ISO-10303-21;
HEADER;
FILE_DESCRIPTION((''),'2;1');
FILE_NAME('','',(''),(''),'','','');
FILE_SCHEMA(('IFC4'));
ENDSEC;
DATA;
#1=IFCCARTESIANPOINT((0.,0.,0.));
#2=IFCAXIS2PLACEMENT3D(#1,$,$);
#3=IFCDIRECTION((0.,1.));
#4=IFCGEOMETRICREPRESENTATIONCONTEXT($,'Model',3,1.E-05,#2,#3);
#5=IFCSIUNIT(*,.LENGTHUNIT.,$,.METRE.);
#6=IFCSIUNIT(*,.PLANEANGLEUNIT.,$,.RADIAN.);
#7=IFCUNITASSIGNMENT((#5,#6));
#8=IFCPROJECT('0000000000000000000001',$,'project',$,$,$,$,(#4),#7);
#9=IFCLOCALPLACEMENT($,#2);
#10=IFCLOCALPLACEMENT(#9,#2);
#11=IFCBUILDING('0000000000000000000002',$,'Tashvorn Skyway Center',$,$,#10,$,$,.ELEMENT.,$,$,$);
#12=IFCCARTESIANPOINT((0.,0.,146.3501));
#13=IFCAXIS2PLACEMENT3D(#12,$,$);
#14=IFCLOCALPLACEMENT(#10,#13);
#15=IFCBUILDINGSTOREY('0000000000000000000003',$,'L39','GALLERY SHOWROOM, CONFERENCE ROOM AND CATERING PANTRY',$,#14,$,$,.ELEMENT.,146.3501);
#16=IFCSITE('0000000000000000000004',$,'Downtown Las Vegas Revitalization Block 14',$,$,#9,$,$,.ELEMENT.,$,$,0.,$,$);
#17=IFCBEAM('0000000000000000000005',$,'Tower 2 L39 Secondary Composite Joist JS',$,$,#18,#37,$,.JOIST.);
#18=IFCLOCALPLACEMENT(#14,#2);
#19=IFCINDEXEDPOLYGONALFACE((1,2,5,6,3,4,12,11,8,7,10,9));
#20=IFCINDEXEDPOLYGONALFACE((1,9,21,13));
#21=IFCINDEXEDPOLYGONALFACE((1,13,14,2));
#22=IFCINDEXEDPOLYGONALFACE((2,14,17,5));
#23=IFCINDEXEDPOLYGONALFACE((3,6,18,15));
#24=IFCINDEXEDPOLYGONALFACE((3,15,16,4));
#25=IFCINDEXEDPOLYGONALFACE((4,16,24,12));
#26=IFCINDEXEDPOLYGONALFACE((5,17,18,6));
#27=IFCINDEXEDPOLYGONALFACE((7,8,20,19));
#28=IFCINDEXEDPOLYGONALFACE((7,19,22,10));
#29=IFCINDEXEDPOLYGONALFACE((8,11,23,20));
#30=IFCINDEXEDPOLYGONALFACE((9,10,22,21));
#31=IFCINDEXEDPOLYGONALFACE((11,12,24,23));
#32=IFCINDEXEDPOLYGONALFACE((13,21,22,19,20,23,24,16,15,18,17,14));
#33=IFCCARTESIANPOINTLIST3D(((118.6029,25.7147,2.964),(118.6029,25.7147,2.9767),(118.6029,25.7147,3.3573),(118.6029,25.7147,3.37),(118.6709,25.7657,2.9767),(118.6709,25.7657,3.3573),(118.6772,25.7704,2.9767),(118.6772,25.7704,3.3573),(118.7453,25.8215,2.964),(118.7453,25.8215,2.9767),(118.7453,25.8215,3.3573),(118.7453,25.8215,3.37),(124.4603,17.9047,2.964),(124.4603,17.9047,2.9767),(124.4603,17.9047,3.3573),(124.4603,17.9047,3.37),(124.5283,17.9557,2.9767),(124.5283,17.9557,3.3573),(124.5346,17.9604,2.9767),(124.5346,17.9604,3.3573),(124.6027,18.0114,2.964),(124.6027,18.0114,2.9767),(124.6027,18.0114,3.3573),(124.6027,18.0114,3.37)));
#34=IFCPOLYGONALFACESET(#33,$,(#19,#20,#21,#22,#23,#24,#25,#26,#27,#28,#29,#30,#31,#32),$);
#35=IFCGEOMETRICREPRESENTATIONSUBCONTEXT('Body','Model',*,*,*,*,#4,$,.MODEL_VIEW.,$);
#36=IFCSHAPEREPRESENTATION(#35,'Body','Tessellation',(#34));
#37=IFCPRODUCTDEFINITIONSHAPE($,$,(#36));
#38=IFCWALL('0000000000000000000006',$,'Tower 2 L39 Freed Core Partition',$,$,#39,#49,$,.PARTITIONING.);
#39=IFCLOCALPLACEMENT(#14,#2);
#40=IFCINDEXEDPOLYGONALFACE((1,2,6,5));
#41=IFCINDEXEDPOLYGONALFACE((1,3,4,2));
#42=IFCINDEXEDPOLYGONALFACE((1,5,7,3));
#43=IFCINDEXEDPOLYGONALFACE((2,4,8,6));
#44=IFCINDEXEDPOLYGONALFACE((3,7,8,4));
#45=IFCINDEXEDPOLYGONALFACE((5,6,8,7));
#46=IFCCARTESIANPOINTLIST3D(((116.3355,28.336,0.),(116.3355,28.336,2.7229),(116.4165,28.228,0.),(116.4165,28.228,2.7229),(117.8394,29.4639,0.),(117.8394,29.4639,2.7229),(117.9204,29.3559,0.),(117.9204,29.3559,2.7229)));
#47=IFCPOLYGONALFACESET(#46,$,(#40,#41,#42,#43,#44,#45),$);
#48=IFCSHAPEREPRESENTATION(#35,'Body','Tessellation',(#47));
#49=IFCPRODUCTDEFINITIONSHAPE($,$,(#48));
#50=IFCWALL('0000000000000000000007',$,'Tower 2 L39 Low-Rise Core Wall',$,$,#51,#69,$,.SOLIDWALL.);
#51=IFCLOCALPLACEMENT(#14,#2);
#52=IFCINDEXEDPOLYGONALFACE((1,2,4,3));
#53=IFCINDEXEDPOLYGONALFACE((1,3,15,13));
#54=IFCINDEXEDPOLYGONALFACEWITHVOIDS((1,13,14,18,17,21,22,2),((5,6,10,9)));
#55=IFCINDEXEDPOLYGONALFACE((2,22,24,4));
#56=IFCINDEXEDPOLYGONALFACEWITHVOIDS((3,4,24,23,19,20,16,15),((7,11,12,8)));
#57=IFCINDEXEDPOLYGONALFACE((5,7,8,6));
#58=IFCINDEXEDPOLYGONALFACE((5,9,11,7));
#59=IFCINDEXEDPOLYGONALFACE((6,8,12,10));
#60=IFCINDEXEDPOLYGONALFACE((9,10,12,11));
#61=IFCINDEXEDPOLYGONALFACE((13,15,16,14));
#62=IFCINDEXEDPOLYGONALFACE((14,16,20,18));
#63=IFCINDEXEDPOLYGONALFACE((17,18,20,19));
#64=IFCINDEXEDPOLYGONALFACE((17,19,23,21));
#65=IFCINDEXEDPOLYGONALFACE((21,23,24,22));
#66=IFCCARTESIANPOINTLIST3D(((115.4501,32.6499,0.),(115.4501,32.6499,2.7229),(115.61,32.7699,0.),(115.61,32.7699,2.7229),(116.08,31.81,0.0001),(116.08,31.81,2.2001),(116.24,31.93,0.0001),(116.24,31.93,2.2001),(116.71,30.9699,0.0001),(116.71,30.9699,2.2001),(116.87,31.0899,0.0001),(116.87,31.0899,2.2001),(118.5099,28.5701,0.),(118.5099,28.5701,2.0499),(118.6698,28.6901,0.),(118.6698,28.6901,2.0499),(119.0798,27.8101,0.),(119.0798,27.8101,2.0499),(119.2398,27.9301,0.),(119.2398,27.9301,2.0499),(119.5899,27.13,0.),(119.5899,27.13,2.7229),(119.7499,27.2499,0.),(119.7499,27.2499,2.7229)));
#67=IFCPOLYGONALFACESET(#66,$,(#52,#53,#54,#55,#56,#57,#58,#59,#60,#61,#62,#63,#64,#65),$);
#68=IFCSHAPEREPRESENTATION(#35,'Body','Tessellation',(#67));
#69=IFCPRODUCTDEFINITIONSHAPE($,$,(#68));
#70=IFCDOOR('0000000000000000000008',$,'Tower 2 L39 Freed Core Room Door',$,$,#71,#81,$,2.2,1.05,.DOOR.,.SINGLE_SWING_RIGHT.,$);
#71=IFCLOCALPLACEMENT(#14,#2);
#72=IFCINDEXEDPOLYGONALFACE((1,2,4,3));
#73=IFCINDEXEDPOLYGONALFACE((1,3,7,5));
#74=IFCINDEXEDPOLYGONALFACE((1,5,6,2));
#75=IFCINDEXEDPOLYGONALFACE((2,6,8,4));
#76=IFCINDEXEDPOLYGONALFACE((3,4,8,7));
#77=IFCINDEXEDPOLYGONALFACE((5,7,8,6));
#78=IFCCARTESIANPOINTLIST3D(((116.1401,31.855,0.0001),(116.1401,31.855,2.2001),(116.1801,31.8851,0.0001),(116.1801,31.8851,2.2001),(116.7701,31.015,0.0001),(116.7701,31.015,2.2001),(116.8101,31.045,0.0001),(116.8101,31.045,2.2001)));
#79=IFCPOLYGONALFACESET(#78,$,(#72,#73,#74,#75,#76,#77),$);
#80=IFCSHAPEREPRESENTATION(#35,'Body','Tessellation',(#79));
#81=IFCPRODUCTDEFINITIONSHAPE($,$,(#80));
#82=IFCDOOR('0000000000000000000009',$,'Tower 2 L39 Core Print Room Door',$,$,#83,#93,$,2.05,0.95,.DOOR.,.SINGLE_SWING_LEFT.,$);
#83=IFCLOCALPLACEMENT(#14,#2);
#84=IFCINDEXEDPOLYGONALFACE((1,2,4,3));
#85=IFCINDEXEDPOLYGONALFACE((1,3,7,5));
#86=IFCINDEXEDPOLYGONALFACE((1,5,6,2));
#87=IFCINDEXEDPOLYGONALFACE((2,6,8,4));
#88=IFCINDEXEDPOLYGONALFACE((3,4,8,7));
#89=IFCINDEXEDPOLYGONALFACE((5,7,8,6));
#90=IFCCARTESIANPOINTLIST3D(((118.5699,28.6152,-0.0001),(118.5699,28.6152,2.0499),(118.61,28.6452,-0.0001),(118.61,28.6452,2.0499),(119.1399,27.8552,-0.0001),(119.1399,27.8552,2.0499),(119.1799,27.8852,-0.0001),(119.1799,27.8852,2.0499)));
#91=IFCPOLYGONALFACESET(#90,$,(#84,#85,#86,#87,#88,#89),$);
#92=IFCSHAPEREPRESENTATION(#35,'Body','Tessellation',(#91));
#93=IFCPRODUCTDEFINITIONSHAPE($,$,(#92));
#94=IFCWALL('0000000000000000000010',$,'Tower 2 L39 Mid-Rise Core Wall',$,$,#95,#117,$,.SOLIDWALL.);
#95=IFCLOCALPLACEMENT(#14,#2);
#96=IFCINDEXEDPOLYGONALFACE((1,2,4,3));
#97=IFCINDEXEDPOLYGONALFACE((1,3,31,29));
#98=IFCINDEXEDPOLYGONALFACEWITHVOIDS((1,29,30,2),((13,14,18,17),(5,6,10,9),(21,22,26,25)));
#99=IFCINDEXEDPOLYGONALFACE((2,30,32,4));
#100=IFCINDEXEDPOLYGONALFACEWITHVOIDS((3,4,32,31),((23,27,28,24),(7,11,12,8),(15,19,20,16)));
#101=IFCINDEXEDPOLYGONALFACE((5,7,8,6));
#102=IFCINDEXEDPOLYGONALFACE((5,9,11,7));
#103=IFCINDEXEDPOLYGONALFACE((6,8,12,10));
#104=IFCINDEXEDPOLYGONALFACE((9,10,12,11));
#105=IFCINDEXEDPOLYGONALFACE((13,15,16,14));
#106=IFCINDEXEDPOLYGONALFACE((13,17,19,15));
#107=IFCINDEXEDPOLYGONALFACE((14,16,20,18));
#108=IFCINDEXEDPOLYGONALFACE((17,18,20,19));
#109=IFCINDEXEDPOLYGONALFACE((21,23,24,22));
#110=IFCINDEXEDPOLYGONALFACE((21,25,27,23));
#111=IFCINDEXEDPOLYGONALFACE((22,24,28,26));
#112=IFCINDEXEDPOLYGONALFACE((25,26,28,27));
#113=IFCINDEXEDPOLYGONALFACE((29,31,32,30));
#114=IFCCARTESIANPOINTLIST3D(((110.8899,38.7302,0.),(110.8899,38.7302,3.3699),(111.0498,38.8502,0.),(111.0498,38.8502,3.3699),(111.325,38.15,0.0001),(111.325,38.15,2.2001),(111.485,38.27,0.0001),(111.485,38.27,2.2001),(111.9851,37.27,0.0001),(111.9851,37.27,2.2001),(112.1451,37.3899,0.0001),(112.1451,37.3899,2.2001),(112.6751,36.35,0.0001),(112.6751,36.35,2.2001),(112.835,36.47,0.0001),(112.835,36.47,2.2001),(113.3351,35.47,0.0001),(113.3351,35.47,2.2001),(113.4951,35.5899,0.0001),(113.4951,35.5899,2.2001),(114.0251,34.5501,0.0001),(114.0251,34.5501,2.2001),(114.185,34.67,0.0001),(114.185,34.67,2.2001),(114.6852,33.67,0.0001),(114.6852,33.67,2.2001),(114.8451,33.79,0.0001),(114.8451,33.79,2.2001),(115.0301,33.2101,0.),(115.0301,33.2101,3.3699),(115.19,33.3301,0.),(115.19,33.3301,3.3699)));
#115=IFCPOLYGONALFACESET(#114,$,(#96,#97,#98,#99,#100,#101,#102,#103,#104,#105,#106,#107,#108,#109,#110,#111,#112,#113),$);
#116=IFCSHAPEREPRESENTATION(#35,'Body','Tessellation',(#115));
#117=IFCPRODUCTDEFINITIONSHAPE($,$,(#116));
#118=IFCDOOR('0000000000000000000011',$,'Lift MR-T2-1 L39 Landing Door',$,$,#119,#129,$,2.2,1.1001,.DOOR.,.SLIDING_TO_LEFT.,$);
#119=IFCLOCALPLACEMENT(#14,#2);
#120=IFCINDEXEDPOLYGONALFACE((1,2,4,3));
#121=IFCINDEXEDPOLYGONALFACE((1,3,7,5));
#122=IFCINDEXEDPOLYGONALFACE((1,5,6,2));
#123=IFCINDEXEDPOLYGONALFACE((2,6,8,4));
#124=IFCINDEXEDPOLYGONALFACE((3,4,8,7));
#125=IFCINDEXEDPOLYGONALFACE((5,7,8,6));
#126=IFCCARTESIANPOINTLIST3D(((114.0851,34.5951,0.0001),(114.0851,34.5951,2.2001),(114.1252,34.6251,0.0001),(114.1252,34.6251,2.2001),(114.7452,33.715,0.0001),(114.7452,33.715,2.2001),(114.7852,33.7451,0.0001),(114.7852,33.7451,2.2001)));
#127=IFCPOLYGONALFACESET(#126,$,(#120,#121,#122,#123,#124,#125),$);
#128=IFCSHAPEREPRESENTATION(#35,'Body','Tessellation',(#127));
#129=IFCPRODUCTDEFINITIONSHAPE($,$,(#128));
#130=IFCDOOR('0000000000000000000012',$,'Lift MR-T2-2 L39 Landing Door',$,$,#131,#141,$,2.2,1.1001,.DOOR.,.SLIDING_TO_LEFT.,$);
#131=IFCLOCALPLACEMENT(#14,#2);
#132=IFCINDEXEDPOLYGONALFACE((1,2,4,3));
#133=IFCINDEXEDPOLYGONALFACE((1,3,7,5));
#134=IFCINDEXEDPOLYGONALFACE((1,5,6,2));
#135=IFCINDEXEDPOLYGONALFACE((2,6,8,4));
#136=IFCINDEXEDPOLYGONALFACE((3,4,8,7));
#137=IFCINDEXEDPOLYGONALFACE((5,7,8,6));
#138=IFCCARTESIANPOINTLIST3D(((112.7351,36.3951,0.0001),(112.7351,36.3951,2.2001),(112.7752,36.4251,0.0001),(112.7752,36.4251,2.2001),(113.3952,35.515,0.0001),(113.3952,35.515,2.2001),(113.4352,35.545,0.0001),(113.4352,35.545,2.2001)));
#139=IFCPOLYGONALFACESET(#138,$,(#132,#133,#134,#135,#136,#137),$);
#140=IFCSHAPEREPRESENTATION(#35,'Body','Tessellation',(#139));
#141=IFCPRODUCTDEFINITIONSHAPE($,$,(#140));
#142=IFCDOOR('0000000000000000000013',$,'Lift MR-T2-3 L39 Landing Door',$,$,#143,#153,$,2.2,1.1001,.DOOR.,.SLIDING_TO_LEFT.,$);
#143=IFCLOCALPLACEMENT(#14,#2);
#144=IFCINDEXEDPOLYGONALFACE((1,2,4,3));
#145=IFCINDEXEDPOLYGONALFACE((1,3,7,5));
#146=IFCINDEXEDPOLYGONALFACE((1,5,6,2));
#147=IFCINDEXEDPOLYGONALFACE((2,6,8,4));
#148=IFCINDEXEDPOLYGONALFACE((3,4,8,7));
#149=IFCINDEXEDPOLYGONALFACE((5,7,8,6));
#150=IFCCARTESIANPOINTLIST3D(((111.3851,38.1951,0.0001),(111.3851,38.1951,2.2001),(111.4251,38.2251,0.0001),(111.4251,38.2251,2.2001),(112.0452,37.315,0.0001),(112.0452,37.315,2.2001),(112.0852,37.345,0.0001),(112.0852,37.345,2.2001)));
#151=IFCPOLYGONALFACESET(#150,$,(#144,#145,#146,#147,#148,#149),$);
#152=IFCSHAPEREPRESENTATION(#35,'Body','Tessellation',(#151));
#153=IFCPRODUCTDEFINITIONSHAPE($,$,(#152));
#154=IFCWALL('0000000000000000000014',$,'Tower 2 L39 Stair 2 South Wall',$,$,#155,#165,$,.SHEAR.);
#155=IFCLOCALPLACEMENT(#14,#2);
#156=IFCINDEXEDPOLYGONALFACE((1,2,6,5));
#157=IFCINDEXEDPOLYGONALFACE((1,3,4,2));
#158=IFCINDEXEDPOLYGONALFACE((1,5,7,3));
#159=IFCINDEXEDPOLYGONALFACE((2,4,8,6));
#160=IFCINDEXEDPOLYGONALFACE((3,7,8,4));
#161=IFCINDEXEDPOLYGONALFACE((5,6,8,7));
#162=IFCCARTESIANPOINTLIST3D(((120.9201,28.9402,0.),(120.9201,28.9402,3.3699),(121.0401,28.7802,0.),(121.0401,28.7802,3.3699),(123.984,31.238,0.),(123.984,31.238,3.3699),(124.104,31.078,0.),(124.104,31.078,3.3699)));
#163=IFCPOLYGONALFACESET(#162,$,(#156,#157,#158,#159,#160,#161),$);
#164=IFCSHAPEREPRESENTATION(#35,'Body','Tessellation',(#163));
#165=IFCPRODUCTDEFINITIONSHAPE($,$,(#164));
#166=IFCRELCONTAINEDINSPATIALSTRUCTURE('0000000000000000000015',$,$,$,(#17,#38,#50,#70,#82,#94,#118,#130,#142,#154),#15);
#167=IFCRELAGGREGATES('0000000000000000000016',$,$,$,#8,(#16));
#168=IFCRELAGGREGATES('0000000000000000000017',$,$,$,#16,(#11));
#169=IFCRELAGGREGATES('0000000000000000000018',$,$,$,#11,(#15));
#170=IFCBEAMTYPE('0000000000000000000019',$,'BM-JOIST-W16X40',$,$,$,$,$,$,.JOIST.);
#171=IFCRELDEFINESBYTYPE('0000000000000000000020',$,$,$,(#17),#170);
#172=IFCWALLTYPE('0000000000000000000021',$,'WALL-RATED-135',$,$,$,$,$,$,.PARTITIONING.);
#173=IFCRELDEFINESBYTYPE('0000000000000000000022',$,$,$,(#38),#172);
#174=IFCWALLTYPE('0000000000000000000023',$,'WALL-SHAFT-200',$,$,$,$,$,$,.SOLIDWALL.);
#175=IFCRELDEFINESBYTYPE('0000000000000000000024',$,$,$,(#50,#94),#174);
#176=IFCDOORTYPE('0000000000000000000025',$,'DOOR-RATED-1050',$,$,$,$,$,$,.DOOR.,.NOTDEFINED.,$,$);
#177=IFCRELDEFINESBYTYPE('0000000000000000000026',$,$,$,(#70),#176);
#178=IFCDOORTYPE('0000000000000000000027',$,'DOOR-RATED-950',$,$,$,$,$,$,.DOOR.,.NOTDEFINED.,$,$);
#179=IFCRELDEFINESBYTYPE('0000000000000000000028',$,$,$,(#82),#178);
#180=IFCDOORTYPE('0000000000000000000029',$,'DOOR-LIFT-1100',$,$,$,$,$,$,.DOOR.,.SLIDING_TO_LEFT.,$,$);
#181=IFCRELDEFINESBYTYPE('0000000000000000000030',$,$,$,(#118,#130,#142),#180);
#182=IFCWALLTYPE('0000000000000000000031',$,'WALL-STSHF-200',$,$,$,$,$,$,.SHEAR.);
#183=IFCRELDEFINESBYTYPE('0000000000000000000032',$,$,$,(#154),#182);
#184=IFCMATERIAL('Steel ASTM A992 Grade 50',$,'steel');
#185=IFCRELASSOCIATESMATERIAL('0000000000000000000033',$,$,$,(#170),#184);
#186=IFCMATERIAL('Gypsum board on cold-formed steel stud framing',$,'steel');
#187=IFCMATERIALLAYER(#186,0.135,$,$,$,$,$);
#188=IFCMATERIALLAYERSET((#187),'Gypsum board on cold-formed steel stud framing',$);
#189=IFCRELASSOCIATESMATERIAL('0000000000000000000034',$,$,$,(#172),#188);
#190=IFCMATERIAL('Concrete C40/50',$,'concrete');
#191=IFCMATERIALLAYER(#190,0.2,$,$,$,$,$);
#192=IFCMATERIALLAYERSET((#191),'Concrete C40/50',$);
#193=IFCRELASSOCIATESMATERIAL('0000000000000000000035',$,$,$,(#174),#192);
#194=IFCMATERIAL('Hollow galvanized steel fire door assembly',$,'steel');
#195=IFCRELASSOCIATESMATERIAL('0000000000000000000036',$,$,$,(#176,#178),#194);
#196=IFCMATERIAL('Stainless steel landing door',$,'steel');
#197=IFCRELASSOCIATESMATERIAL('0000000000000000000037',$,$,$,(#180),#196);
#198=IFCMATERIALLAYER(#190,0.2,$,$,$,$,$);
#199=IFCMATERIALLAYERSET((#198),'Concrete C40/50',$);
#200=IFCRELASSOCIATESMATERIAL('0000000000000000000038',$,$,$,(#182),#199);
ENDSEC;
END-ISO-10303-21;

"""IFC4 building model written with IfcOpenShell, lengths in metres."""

from ifc_helpers import new_model, si_unit, direction, frame, frame_2d, origin, origin_2d, place, context, subcontext, project, spatial, rectangle, i_section, extrude, material, layer, layer_set, material_profile, profile_set, type_object, element, fill, save


model = new_model("IFC4")

# Units and contexts
model_context = context("Model", 3, precision=1e-05, world=origin(), true_north=direction((0.0, 1.0)))
body_context = subcontext(model_context, "Body", "Model", "MODEL_VIEW")
ifc_project = project(units=[si_unit("LENGTHUNIT", "METRE"), si_unit("PLANEANGLEUNIT", "RADIAN")], contexts=[model_context])

# Site, building, storey
site_placement = place(None, origin())
site = spatial("IfcSite", under=ifc_project, at=site_placement, Name="Downtown Las Vegas Revitalization Block 14", CompositionType="ELEMENT", RefElevation=0.0)
building_placement = place(site_placement, origin())
building = spatial("IfcBuilding", under=site, at=building_placement, Name="Tashvorn Skyway Center", CompositionType="ELEMENT")
storey_placement = place(building_placement, frame((0.0, 0.0, 146.3501)))
storey = spatial("IfcBuildingStorey", under=building, at=storey_placement, Name="L39", Description="GALLERY SHOWROOM, CONFERENCE ROOM AND CATERING PANTRY", CompositionType="ELEMENT", Elevation=146.3501)

# Beam
ifc_material_1 = material(Name="Steel ASTM A992 Grade 50", Category="steel")
ifc_material_profile = material_profile(ifc_material_1, i_section(OverallWidth=0.178, OverallDepth=0.406, WebThickness=0.0078, FlangeThickness=0.0127, at=origin_2d()), Name="W16X40")
ifc_profile_set = profile_set([ifc_material_profile], Name="Steel ASTM A992 Grade 50")
beam_type = type_object("IfcBeamType", Name="BM-JOIST-W16X40", PredefinedType="JOIST", material=ifc_profile_set)
beam_placement = place(storey_placement, frame((118.6741, 25.7681, 3.167), z_axis=(0.599992, -0.800006, 0.0), x_axis=(0.800006, 0.599992, 0.0)))
element("IfcBeam", 1, at=beam_placement, inside=storey, type_object=beam_type, Name="Tower 2 L39 Secondary Composite Joist JS", PredefinedType="JOIST", context=body_context, shape_type="SweptSolid", body=[
    extrude(i_section(OverallWidth=0.178, OverallDepth=0.406, WebThickness=0.0078, FlangeThickness=0.0127, at=origin_2d()), origin(), (0.0, 0.0, 1.0), 9.7625),
])

# Wall
ifc_material_2 = material(Name="Gypsum board on cold-formed steel stud framing", Category="steel")
ifc_layer_1 = layer(ifc_material_2, 0.135)
ifc_layer_set_1 = layer_set([ifc_layer_1], Name="Gypsum board on cold-formed steel stud framing")
wall_type_1 = type_object("IfcWallType", Name="WALL-RATED-135", PredefinedType="PARTITIONING", material=ifc_layer_set_1)
wall_1_placement = place(storey_placement, frame((116.376, 28.282, 0.0), z_axis=(0.0, 0.0, 1.0), x_axis=(0.8, 0.6, 0.0)))
element("IfcWall", 2, at=wall_1_placement, inside=storey, type_object=wall_type_1, Name="Tower 2 L39 Freed Core Partition", PredefinedType="PARTITIONING", context=body_context, shape_type="SweptSolid", body=[
    extrude(rectangle(XDim=1.8799, YDim=0.135, at=frame_2d((0.9399, 0.0))), origin(), (0.0, 0.0, 1.0), 2.7229),
])

# Walls, openings, doors
ifc_material_3 = material(Name="Concrete C40/50", Category="concrete")
ifc_layer_2 = layer(ifc_material_3, 0.2)
ifc_layer_set_2 = layer_set([ifc_layer_2], Name="Concrete C40/50")
wall_type_2 = type_object("IfcWallType", Name="WALL-SHAFT-200", PredefinedType="SOLIDWALL", material=ifc_layer_set_2)
wall_2_placement = place(storey_placement, frame((119.6699, 27.1899, 0.0), z_axis=(0.0, 0.0, 1.0), x_axis=(-0.599989, 0.800008, 0.0)))
wall_2 = element("IfcWall", 3, at=wall_2_placement, inside=storey, type_object=wall_type_2, Name="Tower 2 L39 Low-Rise Core Wall", PredefinedType="SOLIDWALL", context=body_context, shape_type="SweptSolid", body=[
    extrude(rectangle(XDim=6.8999, YDim=0.2, at=frame_2d((3.45, 0.0))), origin(), (0.0, 0.0, 1.0), 2.7229),
])
opening_1_placement = place(wall_2_placement, frame((0.8501, 0.0, 0.0)))
opening_1 = element("IfcOpeningElement", 4, at=opening_1_placement, cuts=wall_2, PredefinedType="OPENING", context=body_context, shape_type="SweptSolid", body=[
    extrude(rectangle(XDim=0.95, YDim=2.05, at=frame_2d((0.4751, 1.0249))), frame((0.0, 0.1099, 0.0), z_axis=(0.0, -1.0, 0.0), x_axis=(1.0, 0.0, 0.0)), (0.0, 0.0, 1.0), 0.22),
])
opening_2_placement = place(wall_2_placement, frame((4.8, 0.0, 0.0)))
opening_2 = element("IfcOpeningElement", 5, at=opening_2_placement, cuts=wall_2, PredefinedType="OPENING", context=body_context, shape_type="SweptSolid", body=[
    extrude(rectangle(XDim=1.05, YDim=2.2, at=frame_2d((0.5249, 1.1001))), frame((0.0, 0.1099, 0.0), z_axis=(0.0, -1.0, 0.0), x_axis=(1.0, 0.0, 0.0)), (0.0, 0.0, 1.0), 0.22),
])
ifc_material_4 = material(Name="Hollow galvanized steel fire door assembly", Category="steel")
door_type_1 = type_object("IfcDoorType", Name="DOOR-RATED-1050", OperationType="NOTDEFINED", PredefinedType="DOOR", material=ifc_material_4)
door_1_placement = place(opening_2_placement, origin())
door_1 = element("IfcDoor", 6, at=door_1_placement, inside=storey, type_object=door_type_1, Name="Tower 2 L39 Freed Core Room Door", OperationType="SINGLE_SWING_RIGHT", OverallHeight=2.2, OverallWidth=1.05, PredefinedType="DOOR", context=body_context, shape_type="SweptSolid", body=[
    extrude(rectangle(XDim=1.05, YDim=2.2, at=frame_2d((0.5249, 1.1001))), frame((0.0, 0.0249, 0.0), z_axis=(0.0, -1.0, 0.0), x_axis=(1.0, 0.0, 0.0)), (0.0, 0.0, 1.0), 0.05),
])
fill(opening_2, door_1)
door_type_2 = type_object("IfcDoorType", Name="DOOR-RATED-950", OperationType="NOTDEFINED", PredefinedType="DOOR", material=ifc_material_4)
door_2_placement = place(opening_1_placement, origin())
door_2 = element("IfcDoor", 7, at=door_2_placement, inside=storey, type_object=door_type_2, Name="Tower 2 L39 Core Print Room Door", OperationType="SINGLE_SWING_LEFT", OverallHeight=2.05, OverallWidth=0.95, PredefinedType="DOOR", context=body_context, shape_type="SweptSolid", body=[
    extrude(rectangle(XDim=0.95, YDim=2.05, at=frame_2d((0.4751, 1.0249))), frame((0.0, 0.0249, 0.0), z_axis=(0.0, -1.0, 0.0), x_axis=(1.0, 0.0, 0.0)), (0.0, 0.0, 1.0), 0.05),
])
fill(opening_1, door_2)
wall_3_placement = place(storey_placement, frame((115.1101, 33.27, 0.0), z_axis=(0.0, 0.0, 1.0), x_axis=(-0.600011, 0.799992, 0.0)))
wall_3 = element("IfcWall", 8, at=wall_3_placement, inside=storey, type_object=wall_type_2, Name="Tower 2 L39 Mid-Rise Core Wall", PredefinedType="SOLIDWALL", context=body_context, shape_type="SweptSolid", body=[
    extrude(rectangle(XDim=6.9001, YDim=0.2, at=frame_2d((3.4502, 0.0))), origin(), (0.0, 0.0, 1.0), 3.3699),
])
opening_3_placement = place(wall_3_placement, frame((0.575, 0.0, 0.0)))
opening_3 = element("IfcOpeningElement", 9, at=opening_3_placement, cuts=wall_3, PredefinedType="OPENING", context=body_context, shape_type="SweptSolid", body=[
    extrude(rectangle(XDim=1.1001, YDim=2.2, at=frame_2d((0.55, 1.1001))), frame((0.0, 0.1099, 0.0), z_axis=(0.0, -1.0, 0.0), x_axis=(1.0, 0.0, 0.0)), (0.0, 0.0, 1.0), 0.22),
])
opening_4_placement = place(wall_3_placement, frame((2.825, 0.0, 0.0)))
opening_4 = element("IfcOpeningElement", 10, at=opening_4_placement, cuts=wall_3, PredefinedType="OPENING", context=body_context, shape_type="SweptSolid", body=[
    extrude(rectangle(XDim=1.1001, YDim=2.2, at=frame_2d((0.55, 1.1001))), frame((0.0, 0.1099, 0.0), z_axis=(0.0, -1.0, 0.0), x_axis=(1.0, 0.0, 0.0)), (0.0, 0.0, 1.0), 0.22),
])
opening_5_placement = place(wall_3_placement, frame((5.075, 0.0, 0.0)))
opening_5 = element("IfcOpeningElement", 11, at=opening_5_placement, cuts=wall_3, PredefinedType="OPENING", context=body_context, shape_type="SweptSolid", body=[
    extrude(rectangle(XDim=1.1001, YDim=2.2, at=frame_2d((0.55, 1.1001))), frame((0.0, 0.1099, 0.0), z_axis=(0.0, -1.0, 0.0), x_axis=(1.0, 0.0, 0.0)), (0.0, 0.0, 1.0), 0.22),
])
ifc_material_5 = material(Name="Stainless steel landing door", Category="steel")
door_type_3 = type_object("IfcDoorType", Name="DOOR-LIFT-1100", OperationType="SLIDING_TO_LEFT", PredefinedType="DOOR", material=ifc_material_5)
door_3_placement = place(opening_3_placement, origin())
door_3 = element("IfcDoor", 12, at=door_3_placement, inside=storey, type_object=door_type_3, Name="Lift MR-T2-1 L39 Landing Door", OperationType="SLIDING_TO_LEFT", OverallHeight=2.2, OverallWidth=1.1001, PredefinedType="DOOR", context=body_context, shape_type="SweptSolid", body=[
    extrude(rectangle(XDim=1.1001, YDim=2.2, at=frame_2d((0.55, 1.1001))), frame((0.0, 0.0249, 0.0), z_axis=(0.0, -1.0, 0.0), x_axis=(1.0, 0.0, 0.0)), (0.0, 0.0, 1.0), 0.05),
])
fill(opening_3, door_3)
door_4_placement = place(opening_4_placement, origin())
door_4 = element("IfcDoor", 13, at=door_4_placement, inside=storey, type_object=door_type_3, Name="Lift MR-T2-2 L39 Landing Door", OperationType="SLIDING_TO_LEFT", OverallHeight=2.2, OverallWidth=1.1001, PredefinedType="DOOR", context=body_context, shape_type="SweptSolid", body=[
    extrude(rectangle(XDim=1.1001, YDim=2.2, at=frame_2d((0.55, 1.1001))), frame((0.0, 0.0249, 0.0), z_axis=(0.0, -1.0, 0.0), x_axis=(1.0, 0.0, 0.0)), (0.0, 0.0, 1.0), 0.05),
])
fill(opening_4, door_4)
door_5_placement = place(opening_5_placement, origin())
door_5 = element("IfcDoor", 14, at=door_5_placement, inside=storey, type_object=door_type_3, Name="Lift MR-T2-3 L39 Landing Door", OperationType="SLIDING_TO_LEFT", OverallHeight=2.2, OverallWidth=1.1001, PredefinedType="DOOR", context=body_context, shape_type="SweptSolid", body=[
    extrude(rectangle(XDim=1.1001, YDim=2.2, at=frame_2d((0.55, 1.1001))), frame((0.0, 0.0249, 0.0), z_axis=(0.0, -1.0, 0.0), x_axis=(1.0, 0.0, 0.0)), (0.0, 0.0, 1.0), 0.05),
])
fill(opening_5, door_5)

# Wall
ifc_layer_3 = layer(ifc_material_3, 0.2)
ifc_layer_set_3 = layer_set([ifc_layer_3], Name="Concrete C40/50")
wall_type_3 = type_object("IfcWallType", Name="WALL-STSHF-200", PredefinedType="SHEAR", material=ifc_layer_set_3)
wall_4_placement = place(storey_placement, frame((120.98, 28.8601, 0.0), z_axis=(0.0, 0.0, 1.0), x_axis=(0.800015, 0.59998, 0.0)))
element("IfcWall", 15, at=wall_4_placement, inside=storey, type_object=wall_type_3, Name="Tower 2 L39 Stair 2 South Wall", PredefinedType="SHEAR", context=body_context, shape_type="SweptSolid", body=[
    extrude(rectangle(XDim=3.8298, YDim=0.2, at=frame_2d((1.915, 0.0))), origin(), (0.0, 0.0, 1.0), 3.3699),
])

save(model, "model.ifc")
